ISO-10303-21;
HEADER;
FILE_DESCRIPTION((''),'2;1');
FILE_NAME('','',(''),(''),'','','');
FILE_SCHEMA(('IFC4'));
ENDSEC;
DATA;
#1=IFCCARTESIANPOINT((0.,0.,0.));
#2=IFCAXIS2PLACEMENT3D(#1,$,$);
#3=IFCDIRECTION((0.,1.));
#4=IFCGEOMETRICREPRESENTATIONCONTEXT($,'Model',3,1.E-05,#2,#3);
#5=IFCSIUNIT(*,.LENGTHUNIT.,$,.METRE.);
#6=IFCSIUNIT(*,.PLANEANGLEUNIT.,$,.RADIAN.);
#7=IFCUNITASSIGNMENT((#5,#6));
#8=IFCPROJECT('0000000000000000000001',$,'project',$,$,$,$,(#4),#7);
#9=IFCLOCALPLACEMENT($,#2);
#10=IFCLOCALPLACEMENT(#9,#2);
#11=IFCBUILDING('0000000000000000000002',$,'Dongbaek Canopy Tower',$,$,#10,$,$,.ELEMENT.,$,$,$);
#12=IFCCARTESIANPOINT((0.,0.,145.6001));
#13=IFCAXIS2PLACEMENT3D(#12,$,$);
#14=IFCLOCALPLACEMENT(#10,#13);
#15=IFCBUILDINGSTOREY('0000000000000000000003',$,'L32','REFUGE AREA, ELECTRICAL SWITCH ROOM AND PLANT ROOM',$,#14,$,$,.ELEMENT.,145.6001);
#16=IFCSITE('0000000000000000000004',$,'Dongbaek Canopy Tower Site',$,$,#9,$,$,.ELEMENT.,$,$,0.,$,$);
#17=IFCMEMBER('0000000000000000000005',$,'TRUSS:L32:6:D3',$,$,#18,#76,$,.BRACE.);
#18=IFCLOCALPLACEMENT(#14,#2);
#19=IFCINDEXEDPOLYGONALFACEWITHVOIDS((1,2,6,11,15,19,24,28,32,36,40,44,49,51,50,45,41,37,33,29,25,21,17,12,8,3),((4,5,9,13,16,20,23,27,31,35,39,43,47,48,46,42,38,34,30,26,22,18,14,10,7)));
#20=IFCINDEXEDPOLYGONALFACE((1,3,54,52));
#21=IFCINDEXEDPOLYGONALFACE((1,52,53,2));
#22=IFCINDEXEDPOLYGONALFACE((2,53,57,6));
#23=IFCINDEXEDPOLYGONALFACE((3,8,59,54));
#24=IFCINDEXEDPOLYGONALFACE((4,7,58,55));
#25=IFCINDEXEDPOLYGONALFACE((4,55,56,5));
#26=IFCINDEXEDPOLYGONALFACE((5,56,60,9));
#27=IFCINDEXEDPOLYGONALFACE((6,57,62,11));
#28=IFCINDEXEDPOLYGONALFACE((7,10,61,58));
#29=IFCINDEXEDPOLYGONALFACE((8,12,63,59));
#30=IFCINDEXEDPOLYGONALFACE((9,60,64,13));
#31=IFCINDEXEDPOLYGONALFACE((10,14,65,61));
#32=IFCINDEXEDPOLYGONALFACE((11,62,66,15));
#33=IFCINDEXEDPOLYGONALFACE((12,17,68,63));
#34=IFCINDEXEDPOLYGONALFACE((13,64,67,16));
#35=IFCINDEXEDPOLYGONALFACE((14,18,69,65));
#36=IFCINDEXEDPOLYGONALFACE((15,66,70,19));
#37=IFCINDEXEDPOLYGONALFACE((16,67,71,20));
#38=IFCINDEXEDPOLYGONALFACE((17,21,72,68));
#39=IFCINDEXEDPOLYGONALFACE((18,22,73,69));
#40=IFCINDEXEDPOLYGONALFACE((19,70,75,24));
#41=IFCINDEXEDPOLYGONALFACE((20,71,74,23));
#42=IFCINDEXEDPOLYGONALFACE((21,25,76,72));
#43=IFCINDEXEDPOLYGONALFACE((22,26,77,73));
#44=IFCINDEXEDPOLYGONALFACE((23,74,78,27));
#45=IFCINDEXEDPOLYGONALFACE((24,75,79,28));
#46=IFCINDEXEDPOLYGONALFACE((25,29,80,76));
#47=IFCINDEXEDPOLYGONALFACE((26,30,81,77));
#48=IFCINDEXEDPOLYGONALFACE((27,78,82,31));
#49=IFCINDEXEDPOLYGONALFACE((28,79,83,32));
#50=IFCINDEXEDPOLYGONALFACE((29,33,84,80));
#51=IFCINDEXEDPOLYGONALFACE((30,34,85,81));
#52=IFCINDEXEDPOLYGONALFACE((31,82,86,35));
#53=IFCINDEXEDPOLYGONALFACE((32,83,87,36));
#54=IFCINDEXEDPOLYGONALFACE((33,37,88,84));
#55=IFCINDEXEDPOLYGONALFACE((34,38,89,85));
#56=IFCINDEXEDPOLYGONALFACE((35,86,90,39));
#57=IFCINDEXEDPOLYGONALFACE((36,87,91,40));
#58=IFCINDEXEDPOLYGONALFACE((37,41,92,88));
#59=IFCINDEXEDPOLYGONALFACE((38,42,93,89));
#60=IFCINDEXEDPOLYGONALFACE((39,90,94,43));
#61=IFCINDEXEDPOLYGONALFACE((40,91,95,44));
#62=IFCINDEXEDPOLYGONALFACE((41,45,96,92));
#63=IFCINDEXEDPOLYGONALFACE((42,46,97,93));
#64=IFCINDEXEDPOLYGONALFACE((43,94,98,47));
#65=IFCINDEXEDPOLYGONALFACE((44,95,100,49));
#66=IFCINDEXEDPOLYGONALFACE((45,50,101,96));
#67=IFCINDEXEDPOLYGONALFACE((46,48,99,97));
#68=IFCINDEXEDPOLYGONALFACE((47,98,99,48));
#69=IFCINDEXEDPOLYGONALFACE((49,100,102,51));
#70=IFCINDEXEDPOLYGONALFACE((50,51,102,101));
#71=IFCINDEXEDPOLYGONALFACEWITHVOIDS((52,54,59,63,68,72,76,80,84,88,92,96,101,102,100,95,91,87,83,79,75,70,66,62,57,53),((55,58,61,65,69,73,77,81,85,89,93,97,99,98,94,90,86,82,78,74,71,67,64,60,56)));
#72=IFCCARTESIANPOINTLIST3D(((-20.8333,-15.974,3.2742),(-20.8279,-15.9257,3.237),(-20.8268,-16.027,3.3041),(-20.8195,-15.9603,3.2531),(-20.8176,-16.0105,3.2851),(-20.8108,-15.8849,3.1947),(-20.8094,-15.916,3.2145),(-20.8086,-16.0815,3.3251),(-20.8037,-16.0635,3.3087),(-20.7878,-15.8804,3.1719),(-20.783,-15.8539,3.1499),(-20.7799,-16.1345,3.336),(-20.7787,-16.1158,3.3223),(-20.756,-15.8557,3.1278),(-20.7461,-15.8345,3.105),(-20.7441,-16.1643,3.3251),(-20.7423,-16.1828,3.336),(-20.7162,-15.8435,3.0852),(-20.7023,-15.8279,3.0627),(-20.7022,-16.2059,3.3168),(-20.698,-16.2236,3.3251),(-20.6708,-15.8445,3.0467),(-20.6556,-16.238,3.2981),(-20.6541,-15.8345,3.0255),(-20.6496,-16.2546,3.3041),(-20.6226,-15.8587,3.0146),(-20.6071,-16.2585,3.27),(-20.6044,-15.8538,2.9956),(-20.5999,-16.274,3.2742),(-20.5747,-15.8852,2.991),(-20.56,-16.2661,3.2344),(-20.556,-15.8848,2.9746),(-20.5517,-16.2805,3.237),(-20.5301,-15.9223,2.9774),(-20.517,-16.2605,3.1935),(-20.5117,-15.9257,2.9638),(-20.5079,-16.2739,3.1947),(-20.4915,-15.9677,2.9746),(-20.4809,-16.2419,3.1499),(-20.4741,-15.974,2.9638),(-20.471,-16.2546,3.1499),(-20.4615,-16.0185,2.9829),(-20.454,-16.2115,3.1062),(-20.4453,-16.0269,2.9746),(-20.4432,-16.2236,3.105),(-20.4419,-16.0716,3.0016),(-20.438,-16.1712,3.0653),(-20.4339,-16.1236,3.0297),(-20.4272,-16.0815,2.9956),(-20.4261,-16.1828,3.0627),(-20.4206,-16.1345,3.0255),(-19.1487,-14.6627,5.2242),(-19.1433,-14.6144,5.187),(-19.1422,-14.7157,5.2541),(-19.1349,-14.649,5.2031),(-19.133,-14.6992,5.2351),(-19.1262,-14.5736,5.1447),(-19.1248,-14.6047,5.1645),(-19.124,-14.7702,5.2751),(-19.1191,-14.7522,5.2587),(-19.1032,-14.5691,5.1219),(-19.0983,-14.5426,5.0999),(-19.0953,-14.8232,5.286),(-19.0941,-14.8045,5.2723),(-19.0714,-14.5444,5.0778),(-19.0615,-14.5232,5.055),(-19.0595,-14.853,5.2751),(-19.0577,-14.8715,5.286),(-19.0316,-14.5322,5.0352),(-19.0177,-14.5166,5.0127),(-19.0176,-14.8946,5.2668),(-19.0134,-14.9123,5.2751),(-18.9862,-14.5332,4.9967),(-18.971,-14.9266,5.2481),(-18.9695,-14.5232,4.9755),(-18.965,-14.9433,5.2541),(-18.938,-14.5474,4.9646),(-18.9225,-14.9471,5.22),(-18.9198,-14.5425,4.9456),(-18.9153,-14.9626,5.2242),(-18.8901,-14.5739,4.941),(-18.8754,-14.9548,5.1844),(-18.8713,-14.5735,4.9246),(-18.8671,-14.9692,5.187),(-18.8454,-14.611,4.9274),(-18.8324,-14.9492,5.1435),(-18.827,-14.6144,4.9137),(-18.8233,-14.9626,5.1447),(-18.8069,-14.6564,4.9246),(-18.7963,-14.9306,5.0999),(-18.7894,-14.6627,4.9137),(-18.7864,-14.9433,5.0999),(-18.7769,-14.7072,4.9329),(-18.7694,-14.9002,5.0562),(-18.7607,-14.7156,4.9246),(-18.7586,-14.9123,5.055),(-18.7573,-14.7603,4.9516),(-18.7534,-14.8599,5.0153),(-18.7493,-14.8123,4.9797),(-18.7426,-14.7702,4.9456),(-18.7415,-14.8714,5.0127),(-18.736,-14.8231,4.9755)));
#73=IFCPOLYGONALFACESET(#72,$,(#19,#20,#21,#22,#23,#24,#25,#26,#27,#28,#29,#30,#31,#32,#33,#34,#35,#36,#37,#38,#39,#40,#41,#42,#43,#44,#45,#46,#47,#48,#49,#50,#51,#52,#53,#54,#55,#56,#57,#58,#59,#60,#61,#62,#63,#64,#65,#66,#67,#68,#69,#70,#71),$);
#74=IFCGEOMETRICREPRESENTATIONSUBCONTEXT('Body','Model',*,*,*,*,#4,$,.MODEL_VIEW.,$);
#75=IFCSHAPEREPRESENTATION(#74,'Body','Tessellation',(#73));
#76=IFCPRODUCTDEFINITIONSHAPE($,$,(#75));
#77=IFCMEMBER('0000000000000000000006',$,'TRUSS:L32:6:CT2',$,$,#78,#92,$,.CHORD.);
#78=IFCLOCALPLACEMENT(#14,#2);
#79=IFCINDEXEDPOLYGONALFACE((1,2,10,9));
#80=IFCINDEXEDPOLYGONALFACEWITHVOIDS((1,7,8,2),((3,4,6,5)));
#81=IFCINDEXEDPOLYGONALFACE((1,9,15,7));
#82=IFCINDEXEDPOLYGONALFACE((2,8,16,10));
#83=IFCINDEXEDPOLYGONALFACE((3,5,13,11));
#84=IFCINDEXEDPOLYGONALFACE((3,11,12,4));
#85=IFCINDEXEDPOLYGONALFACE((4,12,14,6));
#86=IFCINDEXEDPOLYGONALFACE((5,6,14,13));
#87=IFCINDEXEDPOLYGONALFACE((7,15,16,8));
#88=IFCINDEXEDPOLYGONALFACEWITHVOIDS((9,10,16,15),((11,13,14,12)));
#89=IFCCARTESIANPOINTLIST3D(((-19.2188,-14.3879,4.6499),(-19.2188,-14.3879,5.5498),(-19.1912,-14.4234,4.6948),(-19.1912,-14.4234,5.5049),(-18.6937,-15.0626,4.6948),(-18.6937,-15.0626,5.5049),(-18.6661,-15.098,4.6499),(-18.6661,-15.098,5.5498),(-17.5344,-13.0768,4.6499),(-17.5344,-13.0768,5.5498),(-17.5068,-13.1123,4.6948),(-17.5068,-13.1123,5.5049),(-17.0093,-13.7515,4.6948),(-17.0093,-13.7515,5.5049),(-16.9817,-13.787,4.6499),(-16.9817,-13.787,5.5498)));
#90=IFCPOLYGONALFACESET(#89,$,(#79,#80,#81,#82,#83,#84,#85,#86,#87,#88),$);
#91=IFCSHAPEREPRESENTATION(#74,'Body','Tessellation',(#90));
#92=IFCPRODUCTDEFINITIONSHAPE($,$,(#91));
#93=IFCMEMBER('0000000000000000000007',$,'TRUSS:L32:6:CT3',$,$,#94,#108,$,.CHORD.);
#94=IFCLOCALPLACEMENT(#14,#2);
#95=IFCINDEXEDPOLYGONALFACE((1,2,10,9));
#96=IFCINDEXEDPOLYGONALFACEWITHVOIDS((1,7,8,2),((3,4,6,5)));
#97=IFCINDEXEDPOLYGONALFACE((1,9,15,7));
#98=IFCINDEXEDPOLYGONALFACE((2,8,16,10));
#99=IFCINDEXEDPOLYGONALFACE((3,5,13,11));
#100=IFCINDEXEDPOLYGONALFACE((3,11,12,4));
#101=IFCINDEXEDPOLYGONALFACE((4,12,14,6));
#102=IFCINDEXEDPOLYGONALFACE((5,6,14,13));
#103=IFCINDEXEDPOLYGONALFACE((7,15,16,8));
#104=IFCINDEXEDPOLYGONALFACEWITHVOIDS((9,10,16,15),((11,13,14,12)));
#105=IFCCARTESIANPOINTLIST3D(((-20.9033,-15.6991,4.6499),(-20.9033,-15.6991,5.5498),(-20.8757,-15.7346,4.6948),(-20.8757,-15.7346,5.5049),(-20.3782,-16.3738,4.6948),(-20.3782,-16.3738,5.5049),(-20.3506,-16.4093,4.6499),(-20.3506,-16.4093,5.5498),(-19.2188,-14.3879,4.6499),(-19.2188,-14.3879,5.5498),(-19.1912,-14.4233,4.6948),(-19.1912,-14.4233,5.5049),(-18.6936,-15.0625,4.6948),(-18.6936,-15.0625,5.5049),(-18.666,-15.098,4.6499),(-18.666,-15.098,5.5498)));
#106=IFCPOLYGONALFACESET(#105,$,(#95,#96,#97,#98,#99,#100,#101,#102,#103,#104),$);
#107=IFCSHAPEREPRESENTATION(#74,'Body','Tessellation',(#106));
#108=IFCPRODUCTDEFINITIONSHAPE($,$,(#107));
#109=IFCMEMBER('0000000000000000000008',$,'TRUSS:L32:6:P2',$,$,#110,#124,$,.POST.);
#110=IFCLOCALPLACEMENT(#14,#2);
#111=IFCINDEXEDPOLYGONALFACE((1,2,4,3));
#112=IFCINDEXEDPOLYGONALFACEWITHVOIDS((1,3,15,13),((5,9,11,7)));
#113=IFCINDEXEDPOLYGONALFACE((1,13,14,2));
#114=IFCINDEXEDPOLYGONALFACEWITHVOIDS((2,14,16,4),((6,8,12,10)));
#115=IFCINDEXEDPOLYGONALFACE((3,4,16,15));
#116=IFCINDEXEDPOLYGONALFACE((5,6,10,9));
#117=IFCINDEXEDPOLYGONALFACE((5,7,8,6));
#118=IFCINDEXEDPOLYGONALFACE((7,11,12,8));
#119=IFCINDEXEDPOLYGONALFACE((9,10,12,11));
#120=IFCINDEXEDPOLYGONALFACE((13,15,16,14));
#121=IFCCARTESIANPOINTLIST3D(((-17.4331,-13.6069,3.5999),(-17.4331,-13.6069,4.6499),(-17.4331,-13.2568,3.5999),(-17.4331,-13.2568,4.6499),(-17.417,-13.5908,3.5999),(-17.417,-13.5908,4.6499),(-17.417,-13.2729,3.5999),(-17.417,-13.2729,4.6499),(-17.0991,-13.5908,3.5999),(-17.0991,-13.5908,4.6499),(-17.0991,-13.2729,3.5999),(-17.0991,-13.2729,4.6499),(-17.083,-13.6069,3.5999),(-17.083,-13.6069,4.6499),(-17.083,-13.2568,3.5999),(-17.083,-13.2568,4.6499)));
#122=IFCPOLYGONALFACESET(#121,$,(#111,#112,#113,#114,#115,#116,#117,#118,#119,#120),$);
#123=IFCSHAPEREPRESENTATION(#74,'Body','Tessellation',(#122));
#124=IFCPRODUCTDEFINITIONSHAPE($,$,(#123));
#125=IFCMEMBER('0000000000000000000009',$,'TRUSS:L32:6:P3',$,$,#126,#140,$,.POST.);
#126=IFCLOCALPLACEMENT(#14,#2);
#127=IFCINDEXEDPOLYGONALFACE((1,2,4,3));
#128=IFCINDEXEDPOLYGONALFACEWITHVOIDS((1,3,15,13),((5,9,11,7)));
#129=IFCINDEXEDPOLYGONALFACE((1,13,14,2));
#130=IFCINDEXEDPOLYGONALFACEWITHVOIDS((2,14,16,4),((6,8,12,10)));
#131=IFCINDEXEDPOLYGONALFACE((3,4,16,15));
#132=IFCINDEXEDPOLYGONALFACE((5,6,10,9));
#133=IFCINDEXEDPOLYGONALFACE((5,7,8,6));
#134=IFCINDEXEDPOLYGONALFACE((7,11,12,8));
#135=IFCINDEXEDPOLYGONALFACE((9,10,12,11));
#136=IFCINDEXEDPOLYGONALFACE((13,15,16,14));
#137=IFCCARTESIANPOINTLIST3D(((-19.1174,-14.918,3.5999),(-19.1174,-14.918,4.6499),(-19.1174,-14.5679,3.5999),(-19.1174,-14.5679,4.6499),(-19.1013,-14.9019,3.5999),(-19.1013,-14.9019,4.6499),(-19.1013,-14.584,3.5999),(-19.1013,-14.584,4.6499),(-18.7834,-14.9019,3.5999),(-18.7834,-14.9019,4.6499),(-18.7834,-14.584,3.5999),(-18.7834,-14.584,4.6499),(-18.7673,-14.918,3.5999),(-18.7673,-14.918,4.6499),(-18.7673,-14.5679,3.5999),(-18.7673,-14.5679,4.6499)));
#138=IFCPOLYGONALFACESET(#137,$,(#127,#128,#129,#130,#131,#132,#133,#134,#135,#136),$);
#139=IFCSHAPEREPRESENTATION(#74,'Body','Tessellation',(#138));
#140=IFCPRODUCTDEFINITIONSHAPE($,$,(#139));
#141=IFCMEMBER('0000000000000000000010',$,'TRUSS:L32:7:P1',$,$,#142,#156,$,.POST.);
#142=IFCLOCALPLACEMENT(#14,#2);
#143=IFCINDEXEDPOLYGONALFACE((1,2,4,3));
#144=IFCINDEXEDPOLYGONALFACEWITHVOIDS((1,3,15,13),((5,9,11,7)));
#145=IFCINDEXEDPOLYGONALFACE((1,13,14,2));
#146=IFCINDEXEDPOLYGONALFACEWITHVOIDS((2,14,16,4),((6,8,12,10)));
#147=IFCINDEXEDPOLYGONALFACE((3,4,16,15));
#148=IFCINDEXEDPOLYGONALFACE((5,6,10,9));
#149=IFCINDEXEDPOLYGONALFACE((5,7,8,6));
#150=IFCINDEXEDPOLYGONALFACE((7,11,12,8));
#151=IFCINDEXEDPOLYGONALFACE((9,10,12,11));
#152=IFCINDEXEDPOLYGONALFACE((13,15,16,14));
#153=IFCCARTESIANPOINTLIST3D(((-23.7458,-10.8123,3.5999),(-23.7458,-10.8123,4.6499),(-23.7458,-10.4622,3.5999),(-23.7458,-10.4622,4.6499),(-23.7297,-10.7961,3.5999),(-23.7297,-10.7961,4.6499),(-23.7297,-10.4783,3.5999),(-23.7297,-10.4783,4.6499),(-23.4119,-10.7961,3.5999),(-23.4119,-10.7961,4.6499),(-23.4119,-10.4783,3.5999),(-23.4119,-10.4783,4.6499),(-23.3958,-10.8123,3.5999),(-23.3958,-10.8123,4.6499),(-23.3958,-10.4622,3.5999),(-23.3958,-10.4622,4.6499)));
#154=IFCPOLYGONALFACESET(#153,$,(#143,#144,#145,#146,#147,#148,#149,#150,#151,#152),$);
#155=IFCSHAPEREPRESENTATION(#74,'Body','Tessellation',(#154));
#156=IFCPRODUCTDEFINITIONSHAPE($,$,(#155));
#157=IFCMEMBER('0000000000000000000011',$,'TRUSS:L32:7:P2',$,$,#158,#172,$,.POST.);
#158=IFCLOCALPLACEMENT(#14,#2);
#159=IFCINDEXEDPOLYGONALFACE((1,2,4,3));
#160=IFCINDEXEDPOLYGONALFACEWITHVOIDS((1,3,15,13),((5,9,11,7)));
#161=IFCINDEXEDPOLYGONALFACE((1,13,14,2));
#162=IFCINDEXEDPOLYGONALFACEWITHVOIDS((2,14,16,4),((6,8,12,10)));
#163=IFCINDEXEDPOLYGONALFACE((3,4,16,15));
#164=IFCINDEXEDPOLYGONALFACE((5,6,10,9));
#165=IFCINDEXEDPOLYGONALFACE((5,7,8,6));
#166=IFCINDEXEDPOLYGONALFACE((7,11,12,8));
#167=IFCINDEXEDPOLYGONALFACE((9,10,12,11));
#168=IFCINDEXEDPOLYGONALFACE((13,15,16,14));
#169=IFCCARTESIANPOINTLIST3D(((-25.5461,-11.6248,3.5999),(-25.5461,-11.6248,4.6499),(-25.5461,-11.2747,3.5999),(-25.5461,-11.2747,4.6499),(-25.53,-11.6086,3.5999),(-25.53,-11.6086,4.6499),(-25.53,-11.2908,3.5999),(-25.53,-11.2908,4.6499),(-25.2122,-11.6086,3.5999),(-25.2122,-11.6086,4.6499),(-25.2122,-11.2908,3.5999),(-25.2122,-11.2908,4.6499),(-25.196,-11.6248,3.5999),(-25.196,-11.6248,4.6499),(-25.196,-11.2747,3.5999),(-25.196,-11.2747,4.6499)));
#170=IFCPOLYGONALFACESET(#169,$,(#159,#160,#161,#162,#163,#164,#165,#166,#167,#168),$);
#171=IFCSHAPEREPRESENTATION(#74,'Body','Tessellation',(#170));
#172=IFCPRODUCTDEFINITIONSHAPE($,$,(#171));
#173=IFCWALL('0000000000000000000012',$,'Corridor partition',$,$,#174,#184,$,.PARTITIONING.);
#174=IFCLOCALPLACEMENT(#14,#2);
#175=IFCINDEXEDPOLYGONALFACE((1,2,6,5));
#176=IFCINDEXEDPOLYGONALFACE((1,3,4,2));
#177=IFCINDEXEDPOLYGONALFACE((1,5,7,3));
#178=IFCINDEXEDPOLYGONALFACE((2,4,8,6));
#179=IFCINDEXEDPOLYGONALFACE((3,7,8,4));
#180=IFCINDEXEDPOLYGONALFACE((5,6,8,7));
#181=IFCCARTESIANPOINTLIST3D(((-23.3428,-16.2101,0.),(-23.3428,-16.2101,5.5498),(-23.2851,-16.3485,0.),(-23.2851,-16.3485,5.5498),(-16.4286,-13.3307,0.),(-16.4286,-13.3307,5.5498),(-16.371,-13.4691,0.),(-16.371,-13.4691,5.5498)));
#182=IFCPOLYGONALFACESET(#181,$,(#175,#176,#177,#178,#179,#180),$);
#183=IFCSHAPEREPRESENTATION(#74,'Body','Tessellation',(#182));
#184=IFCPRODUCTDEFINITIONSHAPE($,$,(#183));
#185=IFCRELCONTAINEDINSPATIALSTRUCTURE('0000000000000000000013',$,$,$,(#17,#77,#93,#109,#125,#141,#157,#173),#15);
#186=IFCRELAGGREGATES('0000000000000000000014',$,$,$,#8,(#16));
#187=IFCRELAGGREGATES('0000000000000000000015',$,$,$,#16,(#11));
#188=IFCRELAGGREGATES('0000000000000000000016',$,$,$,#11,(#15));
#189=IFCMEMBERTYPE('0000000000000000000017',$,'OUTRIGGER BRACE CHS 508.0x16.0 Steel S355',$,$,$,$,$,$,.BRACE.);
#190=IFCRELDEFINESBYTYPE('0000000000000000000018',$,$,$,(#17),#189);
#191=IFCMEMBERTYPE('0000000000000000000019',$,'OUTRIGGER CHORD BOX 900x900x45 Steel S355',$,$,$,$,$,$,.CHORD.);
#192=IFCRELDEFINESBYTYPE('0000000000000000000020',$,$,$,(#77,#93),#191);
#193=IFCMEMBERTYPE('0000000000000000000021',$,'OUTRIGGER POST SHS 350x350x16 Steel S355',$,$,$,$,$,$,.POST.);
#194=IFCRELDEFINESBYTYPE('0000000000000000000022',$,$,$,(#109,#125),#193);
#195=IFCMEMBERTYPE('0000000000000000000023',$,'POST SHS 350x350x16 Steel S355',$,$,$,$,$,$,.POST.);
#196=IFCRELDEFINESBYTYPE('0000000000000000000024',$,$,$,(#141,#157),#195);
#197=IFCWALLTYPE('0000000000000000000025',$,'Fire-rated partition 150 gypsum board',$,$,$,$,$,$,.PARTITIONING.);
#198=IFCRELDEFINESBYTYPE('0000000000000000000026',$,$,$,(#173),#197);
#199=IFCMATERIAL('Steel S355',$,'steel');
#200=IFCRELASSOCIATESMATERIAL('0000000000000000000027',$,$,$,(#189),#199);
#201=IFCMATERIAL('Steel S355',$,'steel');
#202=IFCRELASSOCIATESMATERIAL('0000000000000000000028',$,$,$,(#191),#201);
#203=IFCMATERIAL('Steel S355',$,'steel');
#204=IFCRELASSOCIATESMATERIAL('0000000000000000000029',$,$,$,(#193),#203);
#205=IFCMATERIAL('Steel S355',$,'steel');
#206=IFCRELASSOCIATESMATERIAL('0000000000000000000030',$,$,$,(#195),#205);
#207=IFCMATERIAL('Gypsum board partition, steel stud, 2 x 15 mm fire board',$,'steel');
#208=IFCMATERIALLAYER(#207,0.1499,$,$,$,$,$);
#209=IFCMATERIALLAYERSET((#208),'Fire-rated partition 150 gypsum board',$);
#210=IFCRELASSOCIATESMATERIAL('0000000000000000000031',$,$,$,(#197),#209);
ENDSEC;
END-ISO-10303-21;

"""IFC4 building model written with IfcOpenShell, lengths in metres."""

from ifc_helpers import new_model, si_unit, direction, frame, frame_2d, origin, origin_2d, place, context, subcontext, project, spatial, rectangle, hollow_rectangle, hollow_circle, extrude, material, layer, layer_set, material_profile, profile_set, type_object, element, save


model = new_model("IFC4")

# Units and contexts
model_context = context("Model", 3, precision=1e-05, world=origin(), true_north=direction((0.0, 1.0)))
body_context = subcontext(model_context, "Body", "Model", "MODEL_VIEW")
ifc_project = project(units=[si_unit("LENGTHUNIT", "METRE"), si_unit("PLANEANGLEUNIT", "RADIAN")], contexts=[model_context])

# Site, building, storey
site_placement = place(None, origin())
site = spatial("IfcSite", under=ifc_project, at=site_placement, Name="Dongbaek Canopy Tower Site", CompositionType="ELEMENT", RefElevation=0.0)
building_placement = place(site_placement, origin())
building = spatial("IfcBuilding", under=site, at=building_placement, Name="Dongbaek Canopy Tower", CompositionType="ELEMENT")
storey_placement = place(building_placement, frame((0.0, 0.0, 145.6001)))
storey = spatial("IfcBuildingStorey", under=building, at=storey_placement, Name="L32", Description="REFUGE AREA, ELECTRICAL SWITCH ROOM AND PLANT ROOM", CompositionType="ELEMENT", Elevation=145.6001)

# Members
ifc_material_1 = material(Name="Steel S355", Category="steel")
ifc_material_profile_1 = material_profile(ifc_material_1, hollow_circle(Radius=0.2539, WallThickness=0.0161, at=origin_2d()), Name="OUTRIGGER BRACE CHS 508.0x16.0 Steel S355")
ifc_profile_set_1 = profile_set([ifc_material_profile_1], Name="Steel S355")
member_type_1 = type_object("IfcMemberType", Name="OUTRIGGER BRACE CHS 508.0x16.0 Steel S355", PredefinedType="BRACE", material=ifc_profile_set_1)
member_1_placement = place(storey_placement, frame((-18.9424, -14.7429, 5.0999), z_axis=(-0.582637, -0.453528, -0.674423), x_axis=(0.614249, -0.789112, 0.0)))
element("IfcMember", 1, at=member_1_placement, inside=storey, type_object=member_type_1, Name="TRUSS:L32:6:D3", PredefinedType="BRACE", context=body_context, shape_type="SweptSolid", body=[
    extrude(hollow_circle(Radius=0.2539, WallThickness=0.0161, at=origin_2d()), origin(), (0.0, 0.0, 1.0), 2.8914),
])
ifc_material_2 = material(Name="Steel S355", Category="steel")
ifc_material_profile_2 = material_profile(ifc_material_2, hollow_rectangle(XDim=0.8999, YDim=0.8999, WallThickness=0.0449, at=origin_2d()), Name="OUTRIGGER CHORD BOX 900x900x45 Steel S355")
ifc_profile_set_2 = profile_set([ifc_material_profile_2], Name="Steel S355")
member_type_2 = type_object("IfcMemberType", Name="OUTRIGGER CHORD BOX 900x900x45 Steel S355", PredefinedType="CHORD", material=ifc_profile_set_2)
member_2_placement = place(storey_placement, frame((-17.2581, -13.4319, 5.0999), z_axis=(-0.789124, -0.614234, 0.0), x_axis=(0.614234, -0.789124, 0.0)))
element("IfcMember", 2, at=member_2_placement, inside=storey, type_object=member_type_2, Name="TRUSS:L32:6:CT2", PredefinedType="CHORD", context=body_context, shape_type="SweptSolid", body=[
    extrude(hollow_rectangle(XDim=0.8999, YDim=0.8999, WallThickness=0.0449, at=origin_2d()), origin(), (0.0, 0.0, 1.0), 2.1345),
])
member_3_placement = place(storey_placement, frame((-18.9424, -14.7429, 5.0999), z_axis=(-0.789112, -0.614249, 0.0), x_axis=(0.614249, -0.789112, 0.0)))
element("IfcMember", 3, at=member_3_placement, inside=storey, type_object=member_type_2, Name="TRUSS:L32:6:CT3", PredefinedType="CHORD", context=body_context, shape_type="SweptSolid", body=[
    extrude(hollow_rectangle(XDim=0.8999, YDim=0.8999, WallThickness=0.0449, at=origin_2d()), origin(), (0.0, 0.0, 1.0), 2.1348),
])
ifc_material_3 = material(Name="Steel S355", Category="steel")
ifc_material_profile_3 = material_profile(ifc_material_3, hollow_rectangle(XDim=0.3501, YDim=0.3501, WallThickness=0.0161, at=origin_2d()), Name="OUTRIGGER POST SHS 350x350x16 Steel S355")
ifc_profile_set_3 = profile_set([ifc_material_profile_3], Name="Steel S355")
member_type_3 = type_object("IfcMemberType", Name="OUTRIGGER POST SHS 350x350x16 Steel S355", PredefinedType="POST", material=ifc_profile_set_3)
for number, where, z_axis, x_axis, name in (
    (4, (-17.2581, -13.4319, 3.5999), (0.0, 0.0, 1.0), (1.0, 0.0, 0.0), "TRUSS:L32:6:P2"),
    (5, (-18.9424, -14.7429, 3.5999), (0.0, 0.0, 1.0), (1.0, 0.0, 0.0), "TRUSS:L32:6:P3"),
):
    element("IfcMember", number, at=place(storey_placement, frame(where, z_axis=z_axis, x_axis=x_axis)), inside=storey, type_object=member_type_3, Name=name, PredefinedType="POST", context=body_context, shape_type="SweptSolid", body=[
        extrude(hollow_rectangle(XDim=0.3501, YDim=0.3501, WallThickness=0.0161, at=origin_2d()), origin(), (0.0, 0.0, 1.0), 1.05),
    ])
ifc_material_4 = material(Name="Steel S355", Category="steel")
ifc_material_profile_4 = material_profile(ifc_material_4, hollow_rectangle(XDim=0.3501, YDim=0.3501, WallThickness=0.0161, at=origin_2d()), Name="POST SHS 350x350x16 Steel S355")
ifc_profile_set_4 = profile_set([ifc_material_profile_4], Name="Steel S355")
member_type_4 = type_object("IfcMemberType", Name="POST SHS 350x350x16 Steel S355", PredefinedType="POST", material=ifc_profile_set_4)
for number, where, z_axis, x_axis, name in (
    (6, (-23.5708, -10.6372, 3.5999), (0.0, 0.0, 1.0), (1.0, 0.0, 0.0), "TRUSS:L32:7:P1"),
    (7, (-25.3711, -11.4497, 3.5999), (0.0, 0.0, 1.0), (1.0, 0.0, 0.0), "TRUSS:L32:7:P2"),
):
    element("IfcMember", number, at=place(storey_placement, frame(where, z_axis=z_axis, x_axis=x_axis)), inside=storey, type_object=member_type_4, Name=name, PredefinedType="POST", context=body_context, shape_type="SweptSolid", body=[
        extrude(hollow_rectangle(XDim=0.3501, YDim=0.3501, WallThickness=0.0161, at=origin_2d()), origin(), (0.0, 0.0, 1.0), 1.05),
    ])

# Wall
ifc_material_5 = material(Name="Gypsum board partition, steel stud, 2 x 15 mm fire board", Category="steel")
ifc_layer_1 = layer(ifc_material_5, 0.1499)
ifc_layer_set_1 = layer_set([ifc_layer_1], Name="Fire-rated partition 150 gypsum board")
wall_type = type_object("IfcWallType", Name="Fire-rated partition 150 gypsum board", PredefinedType="PARTITIONING", material=ifc_layer_set_1)
wall_1_placement = place(storey_placement, frame((-23.314, -16.2793, 0.0), z_axis=(0.0, 0.0, 1.0), x_axis=(0.923146, 0.384449, 0.0)))
element("IfcWall", 8, at=wall_1_placement, inside=storey, type_object=wall_type, Name="Corridor partition", PredefinedType="PARTITIONING", context=body_context, shape_type="SweptSolid", body=[
    extrude(rectangle(XDim=7.4897, YDim=0.1499, at=frame_2d((3.7449, 0.0))), origin(), (0.0, 0.0, 1.0), 5.5498),
])

save(model, "model.ifc")
